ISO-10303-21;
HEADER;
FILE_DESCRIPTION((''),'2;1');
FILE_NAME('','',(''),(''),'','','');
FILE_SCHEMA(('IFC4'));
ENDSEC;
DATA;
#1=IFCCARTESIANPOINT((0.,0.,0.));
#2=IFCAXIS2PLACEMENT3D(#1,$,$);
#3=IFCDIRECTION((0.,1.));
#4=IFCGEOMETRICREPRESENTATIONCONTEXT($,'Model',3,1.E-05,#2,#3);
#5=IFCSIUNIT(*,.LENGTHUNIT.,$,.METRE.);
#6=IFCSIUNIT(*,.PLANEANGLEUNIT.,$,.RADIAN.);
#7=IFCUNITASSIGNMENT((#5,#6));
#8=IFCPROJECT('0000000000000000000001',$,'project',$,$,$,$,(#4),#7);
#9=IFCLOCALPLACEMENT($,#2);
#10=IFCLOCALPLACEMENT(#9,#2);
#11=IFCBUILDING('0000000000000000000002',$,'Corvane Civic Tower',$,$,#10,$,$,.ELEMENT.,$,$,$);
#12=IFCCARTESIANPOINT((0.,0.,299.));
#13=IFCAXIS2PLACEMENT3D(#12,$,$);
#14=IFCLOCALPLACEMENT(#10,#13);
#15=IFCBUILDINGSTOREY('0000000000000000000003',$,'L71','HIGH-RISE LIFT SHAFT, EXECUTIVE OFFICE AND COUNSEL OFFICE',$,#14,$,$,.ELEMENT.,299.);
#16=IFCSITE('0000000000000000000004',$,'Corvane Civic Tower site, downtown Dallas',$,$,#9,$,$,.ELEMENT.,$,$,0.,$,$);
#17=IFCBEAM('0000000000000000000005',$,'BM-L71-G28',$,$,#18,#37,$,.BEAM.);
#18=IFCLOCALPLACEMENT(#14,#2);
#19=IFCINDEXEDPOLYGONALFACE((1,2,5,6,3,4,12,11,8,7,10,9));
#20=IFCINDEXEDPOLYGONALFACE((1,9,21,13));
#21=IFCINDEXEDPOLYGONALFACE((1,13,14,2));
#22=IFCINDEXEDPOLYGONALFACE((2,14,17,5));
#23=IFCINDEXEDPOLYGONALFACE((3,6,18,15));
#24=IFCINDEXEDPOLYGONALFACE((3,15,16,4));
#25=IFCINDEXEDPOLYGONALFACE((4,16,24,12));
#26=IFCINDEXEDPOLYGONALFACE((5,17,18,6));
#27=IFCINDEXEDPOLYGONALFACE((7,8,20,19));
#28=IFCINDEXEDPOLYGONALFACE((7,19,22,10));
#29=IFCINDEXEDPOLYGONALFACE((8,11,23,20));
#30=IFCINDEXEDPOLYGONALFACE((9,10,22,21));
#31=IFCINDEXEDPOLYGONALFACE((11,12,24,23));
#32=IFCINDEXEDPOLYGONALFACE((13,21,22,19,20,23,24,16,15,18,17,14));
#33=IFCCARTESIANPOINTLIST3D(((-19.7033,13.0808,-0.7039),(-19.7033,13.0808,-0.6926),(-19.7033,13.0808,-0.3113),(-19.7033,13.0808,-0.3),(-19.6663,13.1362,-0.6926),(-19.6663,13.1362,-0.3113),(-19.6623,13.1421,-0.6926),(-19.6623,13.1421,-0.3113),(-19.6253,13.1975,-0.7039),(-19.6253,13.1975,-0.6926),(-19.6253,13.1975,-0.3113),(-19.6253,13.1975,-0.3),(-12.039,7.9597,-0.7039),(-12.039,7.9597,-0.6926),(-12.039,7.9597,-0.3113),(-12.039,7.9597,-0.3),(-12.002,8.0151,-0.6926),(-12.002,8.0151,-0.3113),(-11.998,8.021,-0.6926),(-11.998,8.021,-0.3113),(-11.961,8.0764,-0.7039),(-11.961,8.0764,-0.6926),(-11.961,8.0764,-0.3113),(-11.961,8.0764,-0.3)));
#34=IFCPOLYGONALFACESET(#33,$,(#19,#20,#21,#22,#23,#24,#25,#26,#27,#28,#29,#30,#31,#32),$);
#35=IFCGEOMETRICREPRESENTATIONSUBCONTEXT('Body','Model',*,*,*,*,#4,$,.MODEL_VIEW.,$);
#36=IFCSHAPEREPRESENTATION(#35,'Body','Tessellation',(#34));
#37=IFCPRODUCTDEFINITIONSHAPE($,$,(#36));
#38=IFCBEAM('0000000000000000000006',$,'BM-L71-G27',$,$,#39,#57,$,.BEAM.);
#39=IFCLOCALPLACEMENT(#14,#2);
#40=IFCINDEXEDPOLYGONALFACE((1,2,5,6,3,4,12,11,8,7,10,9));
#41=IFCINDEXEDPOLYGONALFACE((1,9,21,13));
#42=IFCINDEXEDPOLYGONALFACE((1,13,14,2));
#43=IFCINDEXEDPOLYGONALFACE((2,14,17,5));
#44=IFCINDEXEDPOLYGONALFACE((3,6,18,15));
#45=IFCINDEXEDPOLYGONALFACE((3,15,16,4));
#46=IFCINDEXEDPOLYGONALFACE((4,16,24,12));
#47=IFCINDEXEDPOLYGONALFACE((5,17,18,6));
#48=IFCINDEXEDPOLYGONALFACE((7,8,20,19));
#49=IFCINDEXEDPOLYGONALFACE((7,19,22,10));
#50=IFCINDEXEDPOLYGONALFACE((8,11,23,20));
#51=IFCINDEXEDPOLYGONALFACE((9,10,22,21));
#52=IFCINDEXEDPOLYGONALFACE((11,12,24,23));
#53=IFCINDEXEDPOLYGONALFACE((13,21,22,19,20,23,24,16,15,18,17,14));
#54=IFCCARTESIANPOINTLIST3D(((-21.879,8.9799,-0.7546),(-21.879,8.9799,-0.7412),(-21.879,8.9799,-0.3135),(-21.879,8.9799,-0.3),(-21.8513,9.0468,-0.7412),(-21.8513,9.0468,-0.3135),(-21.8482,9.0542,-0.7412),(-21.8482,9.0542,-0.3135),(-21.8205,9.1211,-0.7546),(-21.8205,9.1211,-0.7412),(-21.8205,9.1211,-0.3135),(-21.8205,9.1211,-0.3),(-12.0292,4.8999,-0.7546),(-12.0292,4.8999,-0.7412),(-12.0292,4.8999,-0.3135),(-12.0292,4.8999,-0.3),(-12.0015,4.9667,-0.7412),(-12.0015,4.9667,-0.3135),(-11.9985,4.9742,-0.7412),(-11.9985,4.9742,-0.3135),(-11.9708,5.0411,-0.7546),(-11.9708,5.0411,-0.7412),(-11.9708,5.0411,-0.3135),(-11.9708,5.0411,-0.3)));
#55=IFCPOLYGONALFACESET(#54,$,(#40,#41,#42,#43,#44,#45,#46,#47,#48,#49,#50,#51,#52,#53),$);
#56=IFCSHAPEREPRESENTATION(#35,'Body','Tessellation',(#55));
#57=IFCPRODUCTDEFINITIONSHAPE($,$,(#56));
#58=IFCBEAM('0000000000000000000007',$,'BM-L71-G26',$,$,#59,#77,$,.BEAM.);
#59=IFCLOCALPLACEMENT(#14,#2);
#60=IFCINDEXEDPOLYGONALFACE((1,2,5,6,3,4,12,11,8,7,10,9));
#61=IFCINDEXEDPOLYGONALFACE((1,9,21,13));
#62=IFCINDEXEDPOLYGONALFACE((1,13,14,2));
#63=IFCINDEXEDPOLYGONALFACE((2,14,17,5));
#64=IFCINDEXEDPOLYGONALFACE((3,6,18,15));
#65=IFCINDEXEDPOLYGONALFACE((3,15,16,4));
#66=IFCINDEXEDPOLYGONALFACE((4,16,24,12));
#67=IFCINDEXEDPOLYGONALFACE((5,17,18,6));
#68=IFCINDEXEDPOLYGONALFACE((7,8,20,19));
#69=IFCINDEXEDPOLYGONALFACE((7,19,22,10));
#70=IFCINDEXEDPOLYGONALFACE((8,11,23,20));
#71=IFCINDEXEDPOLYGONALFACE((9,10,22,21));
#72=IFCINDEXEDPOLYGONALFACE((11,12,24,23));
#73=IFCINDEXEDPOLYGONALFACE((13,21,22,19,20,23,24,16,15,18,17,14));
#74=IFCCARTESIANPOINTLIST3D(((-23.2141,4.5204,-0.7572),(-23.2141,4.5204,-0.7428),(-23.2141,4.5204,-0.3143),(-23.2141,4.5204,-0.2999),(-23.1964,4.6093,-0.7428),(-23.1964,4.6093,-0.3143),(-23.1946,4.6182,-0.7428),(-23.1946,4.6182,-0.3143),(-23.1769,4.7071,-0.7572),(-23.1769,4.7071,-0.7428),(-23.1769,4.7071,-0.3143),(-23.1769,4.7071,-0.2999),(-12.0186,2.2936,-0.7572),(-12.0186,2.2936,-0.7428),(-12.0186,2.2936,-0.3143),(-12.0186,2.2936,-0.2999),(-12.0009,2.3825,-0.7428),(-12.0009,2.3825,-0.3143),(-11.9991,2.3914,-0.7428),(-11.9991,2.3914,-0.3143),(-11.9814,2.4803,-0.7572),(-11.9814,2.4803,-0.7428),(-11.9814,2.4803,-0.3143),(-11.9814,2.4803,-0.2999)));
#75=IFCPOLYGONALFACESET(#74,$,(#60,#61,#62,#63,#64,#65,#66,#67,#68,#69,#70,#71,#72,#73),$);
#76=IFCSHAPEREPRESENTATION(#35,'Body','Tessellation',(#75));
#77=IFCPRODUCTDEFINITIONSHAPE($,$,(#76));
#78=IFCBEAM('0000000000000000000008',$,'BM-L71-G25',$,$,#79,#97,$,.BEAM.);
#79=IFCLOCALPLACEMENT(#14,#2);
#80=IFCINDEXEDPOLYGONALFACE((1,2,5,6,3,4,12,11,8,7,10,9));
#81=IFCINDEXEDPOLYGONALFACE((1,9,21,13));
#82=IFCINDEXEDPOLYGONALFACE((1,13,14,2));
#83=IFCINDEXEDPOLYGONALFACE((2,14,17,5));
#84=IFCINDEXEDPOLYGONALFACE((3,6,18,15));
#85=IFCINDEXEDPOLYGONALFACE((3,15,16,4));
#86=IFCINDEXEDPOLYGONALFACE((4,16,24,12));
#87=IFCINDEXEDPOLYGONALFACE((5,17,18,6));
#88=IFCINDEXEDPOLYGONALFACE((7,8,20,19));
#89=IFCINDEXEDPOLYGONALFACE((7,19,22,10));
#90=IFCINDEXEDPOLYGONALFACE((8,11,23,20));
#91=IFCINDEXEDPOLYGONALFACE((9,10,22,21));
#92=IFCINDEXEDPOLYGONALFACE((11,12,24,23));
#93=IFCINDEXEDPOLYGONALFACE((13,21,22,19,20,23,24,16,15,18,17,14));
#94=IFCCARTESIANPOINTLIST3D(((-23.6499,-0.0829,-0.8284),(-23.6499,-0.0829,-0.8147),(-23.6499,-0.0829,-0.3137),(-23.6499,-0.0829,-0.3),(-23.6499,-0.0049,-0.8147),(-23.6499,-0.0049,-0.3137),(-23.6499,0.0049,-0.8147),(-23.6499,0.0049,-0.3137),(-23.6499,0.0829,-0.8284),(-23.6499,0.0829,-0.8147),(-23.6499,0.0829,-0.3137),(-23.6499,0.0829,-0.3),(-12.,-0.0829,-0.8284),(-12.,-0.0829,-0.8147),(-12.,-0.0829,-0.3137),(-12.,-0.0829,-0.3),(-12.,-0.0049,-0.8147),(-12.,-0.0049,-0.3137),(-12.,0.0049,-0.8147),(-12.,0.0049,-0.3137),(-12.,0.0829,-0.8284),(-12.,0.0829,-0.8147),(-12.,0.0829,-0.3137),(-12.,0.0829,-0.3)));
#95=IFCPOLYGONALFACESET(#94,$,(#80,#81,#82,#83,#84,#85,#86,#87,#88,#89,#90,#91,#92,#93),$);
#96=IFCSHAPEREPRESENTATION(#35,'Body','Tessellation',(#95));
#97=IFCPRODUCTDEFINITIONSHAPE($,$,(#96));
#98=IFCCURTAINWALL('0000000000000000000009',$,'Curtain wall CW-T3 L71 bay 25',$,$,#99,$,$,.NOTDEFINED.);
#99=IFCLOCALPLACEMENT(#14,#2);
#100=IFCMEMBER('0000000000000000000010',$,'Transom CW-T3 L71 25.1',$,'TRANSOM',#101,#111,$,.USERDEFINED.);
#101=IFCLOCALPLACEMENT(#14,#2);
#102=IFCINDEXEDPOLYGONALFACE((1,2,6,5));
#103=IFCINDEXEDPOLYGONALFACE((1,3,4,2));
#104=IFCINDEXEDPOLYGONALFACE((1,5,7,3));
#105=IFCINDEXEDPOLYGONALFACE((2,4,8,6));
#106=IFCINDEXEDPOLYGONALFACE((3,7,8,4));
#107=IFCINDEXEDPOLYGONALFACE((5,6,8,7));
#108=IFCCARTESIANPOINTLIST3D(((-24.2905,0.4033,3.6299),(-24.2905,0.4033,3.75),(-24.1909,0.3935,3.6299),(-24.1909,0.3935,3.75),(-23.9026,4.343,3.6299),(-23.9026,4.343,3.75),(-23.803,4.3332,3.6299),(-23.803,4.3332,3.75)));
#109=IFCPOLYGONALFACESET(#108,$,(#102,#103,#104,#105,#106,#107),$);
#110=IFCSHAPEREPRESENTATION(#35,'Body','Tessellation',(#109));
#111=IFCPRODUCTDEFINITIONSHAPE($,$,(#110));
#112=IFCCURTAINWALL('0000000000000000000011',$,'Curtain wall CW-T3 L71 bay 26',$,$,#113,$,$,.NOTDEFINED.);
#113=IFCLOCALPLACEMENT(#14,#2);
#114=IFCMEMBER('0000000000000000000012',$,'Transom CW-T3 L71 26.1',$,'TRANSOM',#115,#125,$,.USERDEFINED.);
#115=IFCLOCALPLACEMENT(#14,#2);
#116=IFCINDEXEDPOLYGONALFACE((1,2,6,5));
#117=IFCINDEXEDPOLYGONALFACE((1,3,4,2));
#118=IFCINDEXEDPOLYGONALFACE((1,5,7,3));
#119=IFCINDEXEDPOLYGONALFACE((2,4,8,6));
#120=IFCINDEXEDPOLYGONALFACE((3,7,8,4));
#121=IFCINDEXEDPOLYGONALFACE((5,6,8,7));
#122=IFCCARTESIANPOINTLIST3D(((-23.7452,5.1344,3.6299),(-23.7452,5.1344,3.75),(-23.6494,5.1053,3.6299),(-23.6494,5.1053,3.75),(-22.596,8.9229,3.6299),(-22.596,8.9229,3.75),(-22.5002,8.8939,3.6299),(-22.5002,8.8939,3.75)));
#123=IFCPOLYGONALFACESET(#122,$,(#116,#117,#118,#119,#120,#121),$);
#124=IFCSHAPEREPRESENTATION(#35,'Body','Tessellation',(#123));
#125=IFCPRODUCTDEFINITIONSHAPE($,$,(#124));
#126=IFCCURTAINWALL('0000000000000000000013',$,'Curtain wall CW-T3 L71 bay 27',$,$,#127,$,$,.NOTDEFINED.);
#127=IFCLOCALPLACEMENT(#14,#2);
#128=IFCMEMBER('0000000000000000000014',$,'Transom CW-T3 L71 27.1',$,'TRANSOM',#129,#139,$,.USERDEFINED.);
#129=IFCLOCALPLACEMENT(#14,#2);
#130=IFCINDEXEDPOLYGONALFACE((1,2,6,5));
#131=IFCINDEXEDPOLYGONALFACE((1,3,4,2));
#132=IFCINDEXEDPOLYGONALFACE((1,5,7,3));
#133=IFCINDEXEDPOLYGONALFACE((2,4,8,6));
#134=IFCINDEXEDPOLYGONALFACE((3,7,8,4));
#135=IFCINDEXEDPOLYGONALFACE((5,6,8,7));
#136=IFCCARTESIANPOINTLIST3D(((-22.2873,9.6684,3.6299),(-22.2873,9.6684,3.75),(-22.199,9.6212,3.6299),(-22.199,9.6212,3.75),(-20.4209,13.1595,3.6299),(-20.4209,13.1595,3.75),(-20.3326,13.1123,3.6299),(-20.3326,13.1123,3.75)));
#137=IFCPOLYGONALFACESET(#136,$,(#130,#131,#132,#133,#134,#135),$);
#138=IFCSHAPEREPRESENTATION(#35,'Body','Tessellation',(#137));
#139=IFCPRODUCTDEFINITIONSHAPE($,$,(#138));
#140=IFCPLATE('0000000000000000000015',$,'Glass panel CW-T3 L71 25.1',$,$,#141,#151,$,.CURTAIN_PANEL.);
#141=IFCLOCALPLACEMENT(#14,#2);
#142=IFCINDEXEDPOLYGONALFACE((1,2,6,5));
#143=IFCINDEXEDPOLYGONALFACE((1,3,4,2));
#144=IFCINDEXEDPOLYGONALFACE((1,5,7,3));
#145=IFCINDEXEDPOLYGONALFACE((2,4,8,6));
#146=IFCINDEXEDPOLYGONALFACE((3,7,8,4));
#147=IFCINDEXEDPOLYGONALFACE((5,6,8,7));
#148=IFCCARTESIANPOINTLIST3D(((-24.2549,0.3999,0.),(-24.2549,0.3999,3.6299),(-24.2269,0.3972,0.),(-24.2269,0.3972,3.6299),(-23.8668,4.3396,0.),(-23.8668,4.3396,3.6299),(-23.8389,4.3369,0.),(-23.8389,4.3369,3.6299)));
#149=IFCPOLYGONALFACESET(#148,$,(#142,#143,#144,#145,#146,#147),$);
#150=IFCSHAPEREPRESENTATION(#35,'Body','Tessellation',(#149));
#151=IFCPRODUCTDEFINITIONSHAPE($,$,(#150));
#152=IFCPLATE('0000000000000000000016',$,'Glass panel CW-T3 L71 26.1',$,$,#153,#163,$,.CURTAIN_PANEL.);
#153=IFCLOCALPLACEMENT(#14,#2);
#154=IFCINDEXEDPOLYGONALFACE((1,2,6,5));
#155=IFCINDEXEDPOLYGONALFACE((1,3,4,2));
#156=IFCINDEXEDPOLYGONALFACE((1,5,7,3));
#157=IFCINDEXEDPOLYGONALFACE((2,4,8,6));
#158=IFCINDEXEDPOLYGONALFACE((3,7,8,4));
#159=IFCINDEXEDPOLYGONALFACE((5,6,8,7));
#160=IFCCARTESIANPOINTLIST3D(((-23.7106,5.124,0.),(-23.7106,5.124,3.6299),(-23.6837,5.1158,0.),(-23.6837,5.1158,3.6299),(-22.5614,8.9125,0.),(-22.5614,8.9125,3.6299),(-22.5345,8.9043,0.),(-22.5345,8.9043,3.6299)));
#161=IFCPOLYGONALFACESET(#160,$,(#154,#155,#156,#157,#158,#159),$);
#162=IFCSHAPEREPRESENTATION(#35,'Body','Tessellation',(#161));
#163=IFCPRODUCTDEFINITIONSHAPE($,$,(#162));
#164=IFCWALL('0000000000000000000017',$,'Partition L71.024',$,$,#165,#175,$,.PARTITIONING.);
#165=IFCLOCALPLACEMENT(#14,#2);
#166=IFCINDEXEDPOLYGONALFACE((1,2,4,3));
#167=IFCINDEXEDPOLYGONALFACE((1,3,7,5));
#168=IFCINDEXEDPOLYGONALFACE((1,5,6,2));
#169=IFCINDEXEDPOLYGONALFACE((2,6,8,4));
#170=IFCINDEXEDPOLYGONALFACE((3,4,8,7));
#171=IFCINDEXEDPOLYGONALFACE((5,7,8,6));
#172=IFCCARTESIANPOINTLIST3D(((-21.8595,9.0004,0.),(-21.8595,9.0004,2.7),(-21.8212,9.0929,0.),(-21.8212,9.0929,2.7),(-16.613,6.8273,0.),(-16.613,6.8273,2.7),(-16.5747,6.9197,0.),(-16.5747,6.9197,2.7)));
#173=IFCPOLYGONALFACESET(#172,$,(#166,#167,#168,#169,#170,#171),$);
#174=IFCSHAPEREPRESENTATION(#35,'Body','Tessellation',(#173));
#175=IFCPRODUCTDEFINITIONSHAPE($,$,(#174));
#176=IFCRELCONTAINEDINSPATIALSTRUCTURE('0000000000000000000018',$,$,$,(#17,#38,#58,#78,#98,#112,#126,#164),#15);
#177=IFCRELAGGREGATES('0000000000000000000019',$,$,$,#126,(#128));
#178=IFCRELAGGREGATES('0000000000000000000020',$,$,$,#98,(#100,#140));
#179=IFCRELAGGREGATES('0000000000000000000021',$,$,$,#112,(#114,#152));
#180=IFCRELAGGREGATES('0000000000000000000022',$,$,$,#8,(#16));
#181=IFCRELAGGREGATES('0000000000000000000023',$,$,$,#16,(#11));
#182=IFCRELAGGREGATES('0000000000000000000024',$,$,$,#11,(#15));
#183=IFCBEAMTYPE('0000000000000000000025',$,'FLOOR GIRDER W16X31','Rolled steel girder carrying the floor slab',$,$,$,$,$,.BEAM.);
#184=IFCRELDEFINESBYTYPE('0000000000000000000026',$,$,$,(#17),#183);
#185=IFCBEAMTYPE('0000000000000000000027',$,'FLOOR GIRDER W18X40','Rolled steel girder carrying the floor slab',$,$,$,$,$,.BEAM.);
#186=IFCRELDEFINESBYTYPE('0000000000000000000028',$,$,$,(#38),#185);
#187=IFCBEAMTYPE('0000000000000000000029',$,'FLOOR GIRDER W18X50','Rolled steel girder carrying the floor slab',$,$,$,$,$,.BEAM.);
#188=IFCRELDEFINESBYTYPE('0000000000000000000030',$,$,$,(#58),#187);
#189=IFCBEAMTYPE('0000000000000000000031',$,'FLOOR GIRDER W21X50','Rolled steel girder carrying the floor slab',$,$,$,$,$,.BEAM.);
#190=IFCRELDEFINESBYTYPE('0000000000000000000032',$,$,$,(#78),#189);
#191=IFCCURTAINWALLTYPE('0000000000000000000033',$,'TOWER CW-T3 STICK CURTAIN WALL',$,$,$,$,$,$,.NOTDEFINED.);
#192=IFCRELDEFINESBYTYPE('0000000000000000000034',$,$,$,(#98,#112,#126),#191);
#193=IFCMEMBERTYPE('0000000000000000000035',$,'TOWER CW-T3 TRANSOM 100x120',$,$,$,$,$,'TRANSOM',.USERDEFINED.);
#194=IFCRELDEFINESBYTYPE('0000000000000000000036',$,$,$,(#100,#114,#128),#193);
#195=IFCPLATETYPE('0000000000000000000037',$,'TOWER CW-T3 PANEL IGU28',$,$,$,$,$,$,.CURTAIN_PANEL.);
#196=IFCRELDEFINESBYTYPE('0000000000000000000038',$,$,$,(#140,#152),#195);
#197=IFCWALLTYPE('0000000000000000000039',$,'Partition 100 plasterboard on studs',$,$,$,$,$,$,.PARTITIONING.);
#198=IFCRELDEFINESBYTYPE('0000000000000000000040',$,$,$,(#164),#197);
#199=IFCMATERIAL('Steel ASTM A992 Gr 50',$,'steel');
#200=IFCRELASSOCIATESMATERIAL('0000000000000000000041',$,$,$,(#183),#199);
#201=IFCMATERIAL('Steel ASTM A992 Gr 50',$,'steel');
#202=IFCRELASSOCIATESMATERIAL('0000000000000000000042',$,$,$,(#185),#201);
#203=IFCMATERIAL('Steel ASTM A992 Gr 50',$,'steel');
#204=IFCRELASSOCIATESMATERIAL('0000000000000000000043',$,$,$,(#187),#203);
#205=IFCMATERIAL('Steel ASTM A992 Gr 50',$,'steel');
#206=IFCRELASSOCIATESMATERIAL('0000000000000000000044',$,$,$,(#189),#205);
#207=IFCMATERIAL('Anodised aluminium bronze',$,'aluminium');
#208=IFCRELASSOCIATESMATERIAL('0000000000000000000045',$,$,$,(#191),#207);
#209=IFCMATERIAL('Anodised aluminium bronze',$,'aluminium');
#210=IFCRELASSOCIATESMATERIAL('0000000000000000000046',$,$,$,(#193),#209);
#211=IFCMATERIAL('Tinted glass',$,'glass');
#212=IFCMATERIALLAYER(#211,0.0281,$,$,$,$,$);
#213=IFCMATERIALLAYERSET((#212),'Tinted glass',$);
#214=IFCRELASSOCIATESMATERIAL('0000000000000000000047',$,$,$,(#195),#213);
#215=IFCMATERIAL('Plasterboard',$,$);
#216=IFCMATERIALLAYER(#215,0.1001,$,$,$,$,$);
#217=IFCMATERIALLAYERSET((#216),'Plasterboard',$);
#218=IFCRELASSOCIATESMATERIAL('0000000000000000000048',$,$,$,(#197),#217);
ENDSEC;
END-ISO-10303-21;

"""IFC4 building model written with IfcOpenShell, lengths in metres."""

from ifc_helpers import new_model, si_unit, direction, frame, frame_2d, origin, origin_2d, place, context, subcontext, project, spatial, rectangle, i_section, extrude, material, layer, layer_set, material_profile, profile_set, type_object, element, aggregate, save


model = new_model("IFC4")

# Units and contexts
model_context = context("Model", 3, precision=1e-05, world=origin(), true_north=direction((0.0, 1.0)))
body_context = subcontext(model_context, "Body", "Model", "MODEL_VIEW")
ifc_project = project(units=[si_unit("LENGTHUNIT", "METRE"), si_unit("PLANEANGLEUNIT", "RADIAN")], contexts=[model_context])

# Site, building, storey
site_placement = place(None, origin())
site = spatial("IfcSite", under=ifc_project, at=site_placement, Name="Corvane Civic Tower site, downtown Dallas", CompositionType="ELEMENT", RefElevation=0.0)
building_placement = place(site_placement, origin())
building = spatial("IfcBuilding", under=site, at=building_placement, Name="Corvane Civic Tower", CompositionType="ELEMENT")
storey_placement = place(building_placement, frame((0.0, 0.0, 299.0)))
storey = spatial("IfcBuildingStorey", under=building, at=storey_placement, Name="L71", Description="HIGH-RISE LIFT SHAFT, EXECUTIVE OFFICE AND COUNSEL OFFICE", CompositionType="ELEMENT", Elevation=299.0)

# Beams
ifc_material_1 = material(Name="Steel ASTM A992 Gr 50", Category="steel")
ifc_material_profile_1 = material_profile(ifc_material_1, i_section(OverallWidth=0.1404, OverallDepth=0.4038, WebThickness=0.0071, FlangeThickness=0.0112, at=origin_2d()), Name="W16X31")
ifc_profile_set_1 = profile_set([ifc_material_profile_1], Name="Steel ASTM A992 Gr 50")
beam_type_1 = type_object("IfcBeamType", Name="FLOOR GIRDER W16X31", Description="Rolled steel girder carrying the floor slab", PredefinedType="BEAM", material=ifc_profile_set_1)
beam_1_placement = place(storey_placement, frame((-12.0, 8.0181, -0.502), z_axis=(-0.831471, 0.555568, 0.0), x_axis=(-0.555568, -0.831471, 0.0)))
element("IfcBeam", 1, at=beam_1_placement, inside=storey, type_object=beam_type_1, Name="BM-L71-G28", PredefinedType="BEAM", context=body_context, shape_type="SweptSolid", body=[
    extrude(i_section(OverallWidth=0.1404, OverallDepth=0.4038, WebThickness=0.0071, FlangeThickness=0.0112, at=origin_2d()), origin(), (0.0, 0.0, 1.0), 9.2178),
])
ifc_material_2 = material(Name="Steel ASTM A992 Gr 50", Category="steel")
ifc_material_profile_2 = material_profile(ifc_material_2, i_section(OverallWidth=0.1528, OverallDepth=0.4546, WebThickness=0.0081, FlangeThickness=0.0134, at=origin_2d()), Name="W18X40")
ifc_profile_set_2 = profile_set([ifc_material_profile_2], Name="Steel ASTM A992 Gr 50")
beam_type_2 = type_object("IfcBeamType", Name="FLOOR GIRDER W18X40", Description="Rolled steel girder carrying the floor slab", PredefinedType="BEAM", material=ifc_profile_set_2)
beam_2_placement = place(storey_placement, frame((-12.0, 4.9705, -0.5273), z_axis=(-0.923875, 0.382694, 0.0), x_axis=(-0.382694, -0.923875, 0.0)))
element("IfcBeam", 2, at=beam_2_placement, inside=storey, type_object=beam_type_2, Name="BM-L71-G27", PredefinedType="BEAM", context=body_context, shape_type="SweptSolid", body=[
    extrude(i_section(OverallWidth=0.1528, OverallDepth=0.4546, WebThickness=0.0081, FlangeThickness=0.0134, at=origin_2d()), origin(), (0.0, 0.0, 1.0), 10.6614),
])
ifc_material_3 = material(Name="Steel ASTM A992 Gr 50", Category="steel")
ifc_material_profile_3 = material_profile(ifc_material_3, i_section(OverallWidth=0.1904, OverallDepth=0.4573, WebThickness=0.009, FlangeThickness=0.0144, at=origin_2d()), Name="W18X50")
ifc_profile_set_3 = profile_set([ifc_material_profile_3], Name="Steel ASTM A992 Gr 50")
beam_type_3 = type_object("IfcBeamType", Name="FLOOR GIRDER W18X50", Description="Rolled steel girder carrying the floor slab", PredefinedType="BEAM", material=ifc_profile_set_3)
beam_3_placement = place(storey_placement, frame((-12.0, 2.387, -0.5286), z_axis=(-0.980787, 0.19508, 0.0), x_axis=(-0.19508, -0.980787, 0.0)))
element("IfcBeam", 3, at=beam_3_placement, inside=storey, type_object=beam_type_3, Name="BM-L71-G26", PredefinedType="BEAM", context=body_context, shape_type="SweptSolid", body=[
    extrude(i_section(OverallWidth=0.1904, OverallDepth=0.4573, WebThickness=0.009, FlangeThickness=0.0144, at=origin_2d()), origin(), (0.0, 0.0, 1.0), 11.4148),
])
ifc_material_4 = material(Name="Steel ASTM A992 Gr 50", Category="steel")
ifc_material_profile_4 = material_profile(ifc_material_4, i_section(OverallWidth=0.1658, OverallDepth=0.5283, WebThickness=0.0098, FlangeThickness=0.0137, at=origin_2d()), Name="W21X50")
ifc_profile_set_4 = profile_set([ifc_material_profile_4], Name="Steel ASTM A992 Gr 50")
beam_type_4 = type_object("IfcBeamType", Name="FLOOR GIRDER W21X50", Description="Rolled steel girder carrying the floor slab", PredefinedType="BEAM", material=ifc_profile_set_4)
beam_4_placement = place(storey_placement, frame((-12.0, 0.0, -0.5642), z_axis=(-1.0, 0.0, 0.0), x_axis=(0.0, -1.0, 0.0)))
element("IfcBeam", 4, at=beam_4_placement, inside=storey, type_object=beam_type_4, Name="BM-L71-G25", PredefinedType="BEAM", context=body_context, shape_type="SweptSolid", body=[
    extrude(i_section(OverallWidth=0.1658, OverallDepth=0.5283, WebThickness=0.0098, FlangeThickness=0.0137, at=origin_2d()), origin(), (0.0, 0.0, 1.0), 11.6499),
])

# Curtain walls, members
ifc_material_5 = material(Name="Anodised aluminium bronze", Category="aluminium")
curtain_wall_type = type_object("IfcCurtainWallType", Name="TOWER CW-T3 STICK CURTAIN WALL", PredefinedType="NOTDEFINED", material=ifc_material_5)
curtain_wall_1_placement = place(storey_placement, origin())
curtain_wall_1 = element("IfcCurtainWall", 5, at=curtain_wall_1_placement, inside=storey, type_object=curtain_wall_type, Name="Curtain wall CW-T3 L71 bay 25", PredefinedType="NOTDEFINED")
ifc_material_6 = material(Name="Anodised aluminium bronze", Category="aluminium")
ifc_material_profile_5 = material_profile(ifc_material_6, rectangle(XDim=0.1001, YDim=0.1201, at=origin_2d()), Name="TOWER CW-T3 TRANSOM 100x120")
ifc_profile_set_5 = profile_set([ifc_material_profile_5], Name="Anodised aluminium bronze")
member_type = type_object("IfcMemberType", Name="TOWER CW-T3 TRANSOM 100x120", ElementType="TRANSOM", PredefinedType="USERDEFINED", material=ifc_profile_set_5)
member_1_placement = place(storey_placement, frame((-24.2407, 0.3984, 3.6899), z_axis=(0.097995, 0.995187, 0.0), x_axis=(-0.995187, 0.097995, 0.0)))
member_1 = element("IfcMember", 6, at=member_1_placement, type_object=member_type, Name="Transom CW-T3 L71 25.1", ObjectType="TRANSOM", PredefinedType="USERDEFINED", context=body_context, shape_type="SweptSolid", body=[
    extrude(rectangle(XDim=0.1001, YDim=0.1201, at=origin_2d()), origin(), (0.0, 0.0, 1.0), 3.9587),
])
curtain_wall_2_placement = place(storey_placement, origin())
curtain_wall_2 = element("IfcCurtainWall", 7, at=curtain_wall_2_placement, inside=storey, type_object=curtain_wall_type, Name="Curtain wall CW-T3 L71 bay 26", PredefinedType="NOTDEFINED")
member_2_placement = place(storey_placement, frame((-23.6973, 5.1199, 3.6899), z_axis=(0.290266, 0.956946, 0.0), x_axis=(-0.956946, 0.290266, 0.0)))
member_2 = element("IfcMember", 8, at=member_2_placement, type_object=member_type, Name="Transom CW-T3 L71 26.1", ObjectType="TRANSOM", PredefinedType="USERDEFINED", context=body_context, shape_type="SweptSolid", body=[
    extrude(rectangle(XDim=0.1001, YDim=0.1201, at=origin_2d()), origin(), (0.0, 0.0, 1.0), 3.959),
])
curtain_wall_3_placement = place(storey_placement, origin())
curtain_wall_3 = element("IfcCurtainWall", 9, at=curtain_wall_3_placement, inside=storey, type_object=curtain_wall_type, Name="Curtain wall CW-T3 L71 bay 27", PredefinedType="NOTDEFINED")
member_3_placement = place(storey_placement, frame((-22.2432, 9.6448, 3.6899), z_axis=(0.471468, 0.881883, 0.0), x_axis=(-0.881883, 0.471468, 0.0)))
member_3 = element("IfcMember", 10, at=member_3_placement, type_object=member_type, Name="Transom CW-T3 L71 27.1", ObjectType="TRANSOM", PredefinedType="USERDEFINED", context=body_context, shape_type="SweptSolid", body=[
    extrude(rectangle(XDim=0.1001, YDim=0.1201, at=origin_2d()), origin(), (0.0, 0.0, 1.0), 3.9587),
])
aggregate(curtain_wall_3, [member_3])

# Plates
ifc_material_7 = material(Name="Tinted glass", Category="glass")
ifc_layer_1 = layer(ifc_material_7, 0.0281)
ifc_layer_set_1 = layer_set([ifc_layer_1], Name="Tinted glass")
plate_type = type_object("IfcPlateType", Name="TOWER CW-T3 PANEL IGU28", PredefinedType="CURTAIN_PANEL", material=ifc_layer_set_1)
plate_1_placement = place(storey_placement, frame((-24.0469, 2.3684, 0.0), z_axis=(0.0, 0.0, 1.0), x_axis=(0.098021, 0.995184, 0.0)))
plate_1 = element("IfcPlate", 11, at=plate_1_placement, type_object=plate_type, Name="Glass panel CW-T3 L71 25.1", PredefinedType="CURTAIN_PANEL", context=body_context, shape_type="SweptSolid", body=[
    extrude(rectangle(XDim=3.9587, YDim=0.0281, at=origin_2d()), origin(), (0.0, 0.0, 1.0), 3.6299),
])
aggregate(curtain_wall_1, [member_1, plate_1])
plate_2_placement = place(storey_placement, frame((-23.1226, 7.0142, 0.0), z_axis=(0.0, 0.0, 1.0), x_axis=(0.290274, 0.956944, 0.0)))
plate_2 = element("IfcPlate", 12, at=plate_2_placement, type_object=plate_type, Name="Glass panel CW-T3 L71 26.1", PredefinedType="CURTAIN_PANEL", context=body_context, shape_type="SweptSolid", body=[
    extrude(rectangle(XDim=3.959, YDim=0.0281, at=origin_2d()), origin(), (0.0, 0.0, 1.0), 3.6299),
])
aggregate(curtain_wall_2, [member_2, plate_2])

# Wall
ifc_material_8 = material(Name="Plasterboard")
ifc_layer_2 = layer(ifc_material_8, 0.1001)
ifc_layer_set_2 = layer_set([ifc_layer_2], Name="Plasterboard")
wall_type = type_object("IfcWallType", Name="Partition 100 plasterboard on studs", PredefinedType="PARTITIONING", material=ifc_layer_set_2)
wall_placement = place(storey_placement, frame((-21.8403, 9.0466, 0.0), z_axis=(0.0, 0.0, 1.0), x_axis=(0.92388, -0.382682, 0.0)))
element("IfcWall", 13, at=wall_placement, inside=storey, type_object=wall_type, Name="Partition L71.024", PredefinedType="PARTITIONING", context=body_context, shape_type="SweptSolid", body=[
    extrude(rectangle(XDim=5.6787, YDim=0.1001, at=frame_2d((2.8394, 0.0))), origin(), (0.0, 0.0, 1.0), 2.7),
])

save(model, "model.ifc")
